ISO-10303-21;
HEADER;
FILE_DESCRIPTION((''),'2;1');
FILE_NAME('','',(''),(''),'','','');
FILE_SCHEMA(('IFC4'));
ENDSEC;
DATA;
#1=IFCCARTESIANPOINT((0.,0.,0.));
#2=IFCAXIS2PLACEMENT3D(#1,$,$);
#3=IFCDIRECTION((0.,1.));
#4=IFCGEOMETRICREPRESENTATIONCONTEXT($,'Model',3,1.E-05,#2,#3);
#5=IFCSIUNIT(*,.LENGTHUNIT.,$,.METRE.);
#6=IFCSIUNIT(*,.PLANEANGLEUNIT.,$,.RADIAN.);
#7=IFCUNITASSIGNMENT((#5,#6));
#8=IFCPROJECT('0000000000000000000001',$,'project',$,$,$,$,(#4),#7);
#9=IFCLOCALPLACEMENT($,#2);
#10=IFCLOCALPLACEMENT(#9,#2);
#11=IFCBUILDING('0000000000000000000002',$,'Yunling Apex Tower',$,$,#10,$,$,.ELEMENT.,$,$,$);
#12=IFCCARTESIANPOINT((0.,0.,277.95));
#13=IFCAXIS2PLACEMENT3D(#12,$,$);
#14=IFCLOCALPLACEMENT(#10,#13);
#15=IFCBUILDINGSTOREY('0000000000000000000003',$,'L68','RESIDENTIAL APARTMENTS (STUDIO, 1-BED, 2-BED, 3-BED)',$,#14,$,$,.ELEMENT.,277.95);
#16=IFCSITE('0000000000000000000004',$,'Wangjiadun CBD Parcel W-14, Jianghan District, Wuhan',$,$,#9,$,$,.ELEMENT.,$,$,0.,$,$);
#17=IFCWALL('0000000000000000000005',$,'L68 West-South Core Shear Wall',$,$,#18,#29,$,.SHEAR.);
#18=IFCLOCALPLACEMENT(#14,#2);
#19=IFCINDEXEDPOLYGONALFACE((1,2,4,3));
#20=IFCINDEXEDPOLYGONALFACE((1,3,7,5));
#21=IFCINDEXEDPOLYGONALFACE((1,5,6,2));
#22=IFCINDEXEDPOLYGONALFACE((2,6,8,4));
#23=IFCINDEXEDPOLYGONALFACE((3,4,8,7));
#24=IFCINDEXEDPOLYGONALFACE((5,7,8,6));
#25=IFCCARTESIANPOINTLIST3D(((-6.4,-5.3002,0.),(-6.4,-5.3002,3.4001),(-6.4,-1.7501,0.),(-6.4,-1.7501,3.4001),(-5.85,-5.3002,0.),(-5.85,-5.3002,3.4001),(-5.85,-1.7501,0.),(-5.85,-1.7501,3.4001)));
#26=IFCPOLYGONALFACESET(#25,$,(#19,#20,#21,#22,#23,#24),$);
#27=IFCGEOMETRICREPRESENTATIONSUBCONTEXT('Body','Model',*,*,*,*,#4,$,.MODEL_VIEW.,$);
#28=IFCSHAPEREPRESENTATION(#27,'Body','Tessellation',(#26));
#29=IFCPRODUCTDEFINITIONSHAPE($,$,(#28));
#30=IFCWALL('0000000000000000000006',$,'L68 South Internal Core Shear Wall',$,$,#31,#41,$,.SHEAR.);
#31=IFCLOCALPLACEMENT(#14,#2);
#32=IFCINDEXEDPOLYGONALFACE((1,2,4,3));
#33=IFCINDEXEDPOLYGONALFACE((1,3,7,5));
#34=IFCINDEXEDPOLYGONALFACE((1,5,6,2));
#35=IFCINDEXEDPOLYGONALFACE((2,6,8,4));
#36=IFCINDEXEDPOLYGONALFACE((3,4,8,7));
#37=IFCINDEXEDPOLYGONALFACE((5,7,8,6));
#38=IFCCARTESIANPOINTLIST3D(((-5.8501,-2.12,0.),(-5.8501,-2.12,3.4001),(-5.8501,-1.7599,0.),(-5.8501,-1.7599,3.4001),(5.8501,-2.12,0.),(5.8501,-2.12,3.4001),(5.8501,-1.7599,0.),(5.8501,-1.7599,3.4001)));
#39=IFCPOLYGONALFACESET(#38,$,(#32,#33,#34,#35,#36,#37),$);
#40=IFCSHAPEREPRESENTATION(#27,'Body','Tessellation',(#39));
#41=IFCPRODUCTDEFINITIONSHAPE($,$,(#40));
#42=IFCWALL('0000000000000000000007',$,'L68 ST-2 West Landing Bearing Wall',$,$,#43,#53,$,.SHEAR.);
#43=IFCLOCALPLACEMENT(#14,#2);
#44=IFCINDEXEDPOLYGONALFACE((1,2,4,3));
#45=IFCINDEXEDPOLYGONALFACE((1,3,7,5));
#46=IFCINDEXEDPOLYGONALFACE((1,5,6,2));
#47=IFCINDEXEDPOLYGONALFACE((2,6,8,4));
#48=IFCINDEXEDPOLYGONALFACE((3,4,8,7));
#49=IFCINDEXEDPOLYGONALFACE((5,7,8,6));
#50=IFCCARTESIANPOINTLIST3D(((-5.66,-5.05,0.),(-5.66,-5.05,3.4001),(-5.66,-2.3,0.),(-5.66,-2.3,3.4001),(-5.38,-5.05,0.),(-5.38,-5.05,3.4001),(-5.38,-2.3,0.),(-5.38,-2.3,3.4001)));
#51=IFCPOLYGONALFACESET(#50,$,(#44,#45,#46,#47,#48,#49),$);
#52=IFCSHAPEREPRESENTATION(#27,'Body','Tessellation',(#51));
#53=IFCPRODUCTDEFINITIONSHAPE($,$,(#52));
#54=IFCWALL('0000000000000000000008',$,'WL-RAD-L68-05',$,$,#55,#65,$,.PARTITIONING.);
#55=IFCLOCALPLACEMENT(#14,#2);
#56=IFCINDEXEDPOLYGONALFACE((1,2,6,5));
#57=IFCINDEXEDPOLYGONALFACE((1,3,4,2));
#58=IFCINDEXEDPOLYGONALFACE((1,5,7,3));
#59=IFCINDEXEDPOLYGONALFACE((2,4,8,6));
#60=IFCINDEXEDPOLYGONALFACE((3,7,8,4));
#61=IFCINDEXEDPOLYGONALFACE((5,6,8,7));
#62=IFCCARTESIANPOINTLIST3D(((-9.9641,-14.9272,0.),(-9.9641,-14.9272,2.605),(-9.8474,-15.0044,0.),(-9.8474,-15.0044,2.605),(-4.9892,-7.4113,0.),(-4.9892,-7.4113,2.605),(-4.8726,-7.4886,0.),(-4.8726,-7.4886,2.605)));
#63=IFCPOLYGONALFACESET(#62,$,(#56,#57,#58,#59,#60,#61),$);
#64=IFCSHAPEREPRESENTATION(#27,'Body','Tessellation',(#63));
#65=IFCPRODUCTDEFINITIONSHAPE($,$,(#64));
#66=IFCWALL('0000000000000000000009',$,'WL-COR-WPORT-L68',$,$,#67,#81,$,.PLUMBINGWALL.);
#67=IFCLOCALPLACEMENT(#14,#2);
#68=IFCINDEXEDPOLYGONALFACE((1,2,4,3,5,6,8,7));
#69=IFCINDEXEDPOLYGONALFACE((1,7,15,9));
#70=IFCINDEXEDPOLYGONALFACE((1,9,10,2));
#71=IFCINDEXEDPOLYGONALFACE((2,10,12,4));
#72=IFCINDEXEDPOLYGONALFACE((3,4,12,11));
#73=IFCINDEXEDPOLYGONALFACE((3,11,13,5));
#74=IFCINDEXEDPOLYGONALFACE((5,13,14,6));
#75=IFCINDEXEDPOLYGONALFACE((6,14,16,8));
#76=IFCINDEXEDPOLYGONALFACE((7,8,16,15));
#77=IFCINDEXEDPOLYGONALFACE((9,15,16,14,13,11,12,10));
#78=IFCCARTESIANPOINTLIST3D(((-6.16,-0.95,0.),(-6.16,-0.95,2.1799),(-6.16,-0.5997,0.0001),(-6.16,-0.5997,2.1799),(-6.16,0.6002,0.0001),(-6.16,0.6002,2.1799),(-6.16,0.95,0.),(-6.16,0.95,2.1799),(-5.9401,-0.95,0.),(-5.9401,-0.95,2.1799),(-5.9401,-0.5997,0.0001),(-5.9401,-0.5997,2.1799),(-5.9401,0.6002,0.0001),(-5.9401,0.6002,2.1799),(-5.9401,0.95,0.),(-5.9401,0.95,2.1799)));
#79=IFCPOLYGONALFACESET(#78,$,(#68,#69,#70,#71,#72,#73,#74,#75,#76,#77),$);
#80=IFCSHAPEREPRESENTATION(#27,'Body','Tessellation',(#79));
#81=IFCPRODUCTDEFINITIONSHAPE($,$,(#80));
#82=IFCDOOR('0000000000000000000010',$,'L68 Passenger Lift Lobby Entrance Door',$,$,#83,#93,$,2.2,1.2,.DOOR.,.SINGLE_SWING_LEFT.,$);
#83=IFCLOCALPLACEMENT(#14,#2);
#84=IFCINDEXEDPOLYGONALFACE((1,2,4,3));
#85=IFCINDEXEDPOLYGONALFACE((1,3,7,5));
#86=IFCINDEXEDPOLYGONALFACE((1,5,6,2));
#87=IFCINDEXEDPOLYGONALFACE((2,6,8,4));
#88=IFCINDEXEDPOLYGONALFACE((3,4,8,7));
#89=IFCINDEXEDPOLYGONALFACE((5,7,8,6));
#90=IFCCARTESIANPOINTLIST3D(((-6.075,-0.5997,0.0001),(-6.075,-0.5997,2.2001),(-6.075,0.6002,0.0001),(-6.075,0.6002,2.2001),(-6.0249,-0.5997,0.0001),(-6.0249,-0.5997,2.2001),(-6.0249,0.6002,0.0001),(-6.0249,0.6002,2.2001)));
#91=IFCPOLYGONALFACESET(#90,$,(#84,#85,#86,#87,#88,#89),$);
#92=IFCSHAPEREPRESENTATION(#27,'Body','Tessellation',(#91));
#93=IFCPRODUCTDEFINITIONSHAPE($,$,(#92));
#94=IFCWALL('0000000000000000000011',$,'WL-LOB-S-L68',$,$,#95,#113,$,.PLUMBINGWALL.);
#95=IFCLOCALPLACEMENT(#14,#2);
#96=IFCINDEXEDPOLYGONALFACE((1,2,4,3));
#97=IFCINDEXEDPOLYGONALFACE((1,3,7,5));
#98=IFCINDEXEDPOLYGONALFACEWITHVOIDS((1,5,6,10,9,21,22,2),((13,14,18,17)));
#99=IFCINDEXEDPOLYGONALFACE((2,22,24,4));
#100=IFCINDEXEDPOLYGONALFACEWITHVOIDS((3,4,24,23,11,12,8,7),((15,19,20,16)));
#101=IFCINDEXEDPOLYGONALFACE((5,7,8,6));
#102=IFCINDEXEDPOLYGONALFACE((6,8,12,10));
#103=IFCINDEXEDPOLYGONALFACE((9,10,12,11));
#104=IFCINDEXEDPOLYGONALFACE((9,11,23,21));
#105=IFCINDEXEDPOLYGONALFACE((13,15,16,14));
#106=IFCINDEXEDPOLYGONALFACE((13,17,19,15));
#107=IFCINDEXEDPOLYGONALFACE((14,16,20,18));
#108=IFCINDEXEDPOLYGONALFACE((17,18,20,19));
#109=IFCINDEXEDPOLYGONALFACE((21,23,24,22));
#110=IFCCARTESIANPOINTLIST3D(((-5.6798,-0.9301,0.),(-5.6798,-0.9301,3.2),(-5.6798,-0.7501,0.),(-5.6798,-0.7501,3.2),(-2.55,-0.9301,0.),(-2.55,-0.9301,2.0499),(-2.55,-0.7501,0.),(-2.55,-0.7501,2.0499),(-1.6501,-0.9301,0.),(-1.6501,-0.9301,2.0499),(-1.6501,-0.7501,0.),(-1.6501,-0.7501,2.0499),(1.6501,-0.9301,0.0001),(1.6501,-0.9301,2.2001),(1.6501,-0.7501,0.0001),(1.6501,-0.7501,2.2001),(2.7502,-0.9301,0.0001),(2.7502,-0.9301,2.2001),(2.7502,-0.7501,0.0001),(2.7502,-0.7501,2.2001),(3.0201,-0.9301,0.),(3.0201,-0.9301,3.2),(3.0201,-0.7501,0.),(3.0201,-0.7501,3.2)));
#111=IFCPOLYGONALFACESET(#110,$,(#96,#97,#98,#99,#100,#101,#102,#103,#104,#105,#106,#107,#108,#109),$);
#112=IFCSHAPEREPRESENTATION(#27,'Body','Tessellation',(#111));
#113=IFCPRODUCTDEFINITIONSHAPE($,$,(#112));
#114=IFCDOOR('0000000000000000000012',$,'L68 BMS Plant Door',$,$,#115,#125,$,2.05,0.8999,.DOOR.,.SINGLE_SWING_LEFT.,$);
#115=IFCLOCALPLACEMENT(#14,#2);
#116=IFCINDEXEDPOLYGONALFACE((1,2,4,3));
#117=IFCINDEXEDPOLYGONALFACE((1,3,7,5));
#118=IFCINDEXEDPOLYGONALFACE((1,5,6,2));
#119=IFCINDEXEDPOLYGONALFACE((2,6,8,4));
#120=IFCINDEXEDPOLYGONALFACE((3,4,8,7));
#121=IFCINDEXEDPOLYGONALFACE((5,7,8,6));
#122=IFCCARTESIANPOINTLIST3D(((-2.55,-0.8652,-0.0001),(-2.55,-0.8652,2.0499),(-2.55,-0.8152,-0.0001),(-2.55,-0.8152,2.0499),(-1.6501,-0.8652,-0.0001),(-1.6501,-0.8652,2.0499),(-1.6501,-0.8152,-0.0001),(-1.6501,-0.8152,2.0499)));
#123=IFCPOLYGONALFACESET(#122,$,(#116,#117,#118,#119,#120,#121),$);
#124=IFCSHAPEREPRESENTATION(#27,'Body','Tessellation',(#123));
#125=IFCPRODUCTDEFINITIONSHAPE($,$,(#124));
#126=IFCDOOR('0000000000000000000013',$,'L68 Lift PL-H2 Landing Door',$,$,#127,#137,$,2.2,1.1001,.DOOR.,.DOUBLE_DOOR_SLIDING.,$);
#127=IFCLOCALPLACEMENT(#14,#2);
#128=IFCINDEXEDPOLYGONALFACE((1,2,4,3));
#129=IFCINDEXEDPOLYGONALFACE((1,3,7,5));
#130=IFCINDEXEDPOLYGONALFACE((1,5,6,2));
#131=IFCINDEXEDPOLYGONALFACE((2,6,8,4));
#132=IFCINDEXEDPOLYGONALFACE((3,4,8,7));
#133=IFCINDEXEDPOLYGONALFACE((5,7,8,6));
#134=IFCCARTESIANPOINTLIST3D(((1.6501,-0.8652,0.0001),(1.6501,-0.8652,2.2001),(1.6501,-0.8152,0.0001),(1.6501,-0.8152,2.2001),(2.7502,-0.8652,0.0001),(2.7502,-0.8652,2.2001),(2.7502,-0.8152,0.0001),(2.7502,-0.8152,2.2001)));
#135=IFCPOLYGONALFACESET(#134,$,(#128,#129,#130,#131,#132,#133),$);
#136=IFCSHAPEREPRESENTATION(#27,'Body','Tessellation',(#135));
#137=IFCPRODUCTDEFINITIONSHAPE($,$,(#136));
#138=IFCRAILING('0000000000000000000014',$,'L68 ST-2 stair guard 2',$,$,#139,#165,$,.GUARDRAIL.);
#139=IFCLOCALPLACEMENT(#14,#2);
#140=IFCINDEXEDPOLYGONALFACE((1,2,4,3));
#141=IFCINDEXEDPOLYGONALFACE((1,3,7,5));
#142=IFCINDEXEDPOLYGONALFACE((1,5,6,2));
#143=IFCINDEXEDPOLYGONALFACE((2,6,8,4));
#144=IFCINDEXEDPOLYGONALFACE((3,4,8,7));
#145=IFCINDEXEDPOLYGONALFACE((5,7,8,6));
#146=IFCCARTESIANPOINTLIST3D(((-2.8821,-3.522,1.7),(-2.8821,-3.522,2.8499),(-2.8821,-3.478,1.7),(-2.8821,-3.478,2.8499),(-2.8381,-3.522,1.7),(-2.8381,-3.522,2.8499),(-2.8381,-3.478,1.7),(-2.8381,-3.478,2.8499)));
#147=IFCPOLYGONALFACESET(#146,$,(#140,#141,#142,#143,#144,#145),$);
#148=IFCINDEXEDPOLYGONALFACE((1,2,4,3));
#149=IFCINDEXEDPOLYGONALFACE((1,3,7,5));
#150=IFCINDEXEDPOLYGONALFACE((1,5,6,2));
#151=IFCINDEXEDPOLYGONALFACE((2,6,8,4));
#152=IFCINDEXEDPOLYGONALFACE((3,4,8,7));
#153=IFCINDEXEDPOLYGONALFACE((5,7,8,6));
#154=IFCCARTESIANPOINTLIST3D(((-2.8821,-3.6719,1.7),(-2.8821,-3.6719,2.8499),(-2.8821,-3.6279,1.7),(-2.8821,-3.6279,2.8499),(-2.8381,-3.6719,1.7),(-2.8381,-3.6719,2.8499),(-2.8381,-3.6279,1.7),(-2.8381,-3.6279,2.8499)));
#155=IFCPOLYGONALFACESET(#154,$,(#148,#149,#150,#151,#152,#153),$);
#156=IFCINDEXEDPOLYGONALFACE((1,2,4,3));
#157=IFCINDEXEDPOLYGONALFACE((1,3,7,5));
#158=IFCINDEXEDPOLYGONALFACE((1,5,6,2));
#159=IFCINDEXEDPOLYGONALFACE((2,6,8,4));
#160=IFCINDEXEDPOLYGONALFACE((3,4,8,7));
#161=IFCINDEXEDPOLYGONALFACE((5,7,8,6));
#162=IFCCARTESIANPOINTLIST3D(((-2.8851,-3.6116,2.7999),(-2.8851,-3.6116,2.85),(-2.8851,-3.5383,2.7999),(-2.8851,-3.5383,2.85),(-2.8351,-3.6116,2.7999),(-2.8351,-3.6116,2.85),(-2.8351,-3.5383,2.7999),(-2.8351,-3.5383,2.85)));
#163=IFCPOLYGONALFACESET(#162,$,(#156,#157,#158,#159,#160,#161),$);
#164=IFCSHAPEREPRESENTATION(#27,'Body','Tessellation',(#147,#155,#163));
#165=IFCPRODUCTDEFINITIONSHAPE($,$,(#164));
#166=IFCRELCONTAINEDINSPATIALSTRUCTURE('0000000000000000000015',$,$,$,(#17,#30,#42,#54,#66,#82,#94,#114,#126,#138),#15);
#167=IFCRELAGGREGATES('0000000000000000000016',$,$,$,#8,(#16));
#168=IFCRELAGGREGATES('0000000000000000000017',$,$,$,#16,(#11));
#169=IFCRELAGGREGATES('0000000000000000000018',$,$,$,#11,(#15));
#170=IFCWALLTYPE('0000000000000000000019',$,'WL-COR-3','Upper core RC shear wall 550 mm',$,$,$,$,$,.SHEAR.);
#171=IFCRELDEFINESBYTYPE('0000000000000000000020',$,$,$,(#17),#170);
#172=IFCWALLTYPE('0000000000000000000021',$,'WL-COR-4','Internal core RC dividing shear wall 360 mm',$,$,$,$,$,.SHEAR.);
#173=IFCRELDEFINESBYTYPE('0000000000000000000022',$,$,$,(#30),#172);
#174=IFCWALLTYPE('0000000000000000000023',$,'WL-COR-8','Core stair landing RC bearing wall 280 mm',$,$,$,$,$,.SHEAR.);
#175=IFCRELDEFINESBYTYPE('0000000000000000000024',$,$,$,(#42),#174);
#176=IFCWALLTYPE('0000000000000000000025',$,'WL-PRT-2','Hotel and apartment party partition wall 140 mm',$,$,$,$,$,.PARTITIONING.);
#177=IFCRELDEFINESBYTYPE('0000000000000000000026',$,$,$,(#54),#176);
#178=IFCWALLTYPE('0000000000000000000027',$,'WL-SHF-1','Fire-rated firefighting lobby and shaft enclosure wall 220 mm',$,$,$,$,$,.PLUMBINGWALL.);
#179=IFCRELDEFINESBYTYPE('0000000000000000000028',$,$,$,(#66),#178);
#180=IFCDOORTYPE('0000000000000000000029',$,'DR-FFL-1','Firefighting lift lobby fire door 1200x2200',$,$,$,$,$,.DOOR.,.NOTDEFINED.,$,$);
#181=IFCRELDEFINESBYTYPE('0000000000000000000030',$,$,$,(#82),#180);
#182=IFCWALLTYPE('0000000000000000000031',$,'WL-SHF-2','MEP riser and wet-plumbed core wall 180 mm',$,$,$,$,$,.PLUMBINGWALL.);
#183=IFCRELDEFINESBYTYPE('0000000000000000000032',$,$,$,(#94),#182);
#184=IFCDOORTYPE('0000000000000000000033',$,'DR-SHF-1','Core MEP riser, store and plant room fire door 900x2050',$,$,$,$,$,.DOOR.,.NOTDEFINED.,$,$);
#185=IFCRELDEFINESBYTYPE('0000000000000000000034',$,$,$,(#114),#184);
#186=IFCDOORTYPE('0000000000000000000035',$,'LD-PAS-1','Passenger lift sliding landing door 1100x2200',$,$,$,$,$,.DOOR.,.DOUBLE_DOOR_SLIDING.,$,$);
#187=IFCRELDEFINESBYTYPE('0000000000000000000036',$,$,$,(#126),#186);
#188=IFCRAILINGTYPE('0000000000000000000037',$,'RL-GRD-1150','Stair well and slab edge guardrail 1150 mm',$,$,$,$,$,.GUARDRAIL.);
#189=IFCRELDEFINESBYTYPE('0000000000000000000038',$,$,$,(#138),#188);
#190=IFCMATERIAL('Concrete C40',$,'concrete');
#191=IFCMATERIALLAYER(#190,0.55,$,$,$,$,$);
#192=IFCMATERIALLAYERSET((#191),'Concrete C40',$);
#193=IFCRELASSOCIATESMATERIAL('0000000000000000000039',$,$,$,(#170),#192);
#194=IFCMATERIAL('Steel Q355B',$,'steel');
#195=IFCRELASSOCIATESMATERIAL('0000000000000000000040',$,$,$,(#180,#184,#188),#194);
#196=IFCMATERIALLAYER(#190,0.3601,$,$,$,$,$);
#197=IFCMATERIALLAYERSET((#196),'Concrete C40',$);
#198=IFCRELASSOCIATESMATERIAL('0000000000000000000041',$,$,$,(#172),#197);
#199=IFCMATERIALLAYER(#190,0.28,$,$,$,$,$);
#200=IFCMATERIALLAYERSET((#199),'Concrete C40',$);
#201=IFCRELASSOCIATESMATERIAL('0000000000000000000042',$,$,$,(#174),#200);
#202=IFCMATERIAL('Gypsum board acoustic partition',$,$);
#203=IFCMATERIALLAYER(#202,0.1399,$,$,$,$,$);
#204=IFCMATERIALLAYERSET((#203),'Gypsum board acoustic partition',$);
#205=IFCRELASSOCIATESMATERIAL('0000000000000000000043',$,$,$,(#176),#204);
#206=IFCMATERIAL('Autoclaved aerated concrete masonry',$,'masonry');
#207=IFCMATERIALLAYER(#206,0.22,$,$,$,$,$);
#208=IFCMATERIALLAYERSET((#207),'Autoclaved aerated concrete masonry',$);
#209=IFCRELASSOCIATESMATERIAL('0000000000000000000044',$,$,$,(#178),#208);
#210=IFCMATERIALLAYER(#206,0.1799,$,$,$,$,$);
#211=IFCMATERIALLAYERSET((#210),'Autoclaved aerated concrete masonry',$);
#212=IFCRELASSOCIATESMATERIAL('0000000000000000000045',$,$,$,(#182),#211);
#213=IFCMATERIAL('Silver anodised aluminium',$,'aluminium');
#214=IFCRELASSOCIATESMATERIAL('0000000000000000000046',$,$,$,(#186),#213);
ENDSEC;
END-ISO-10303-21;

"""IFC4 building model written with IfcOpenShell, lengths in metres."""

from ifc_helpers import new_model, si_unit, direction, frame, frame_2d, origin, origin_2d, place, context, subcontext, project, spatial, rectangle, extrude, material, layer, layer_set, type_object, element, fill, save


model = new_model("IFC4")

# Units and contexts
model_context = context("Model", 3, precision=1e-05, world=origin(), true_north=direction((0.0, 1.0)))
body_context = subcontext(model_context, "Body", "Model", "MODEL_VIEW")
ifc_project = project(units=[si_unit("LENGTHUNIT", "METRE"), si_unit("PLANEANGLEUNIT", "RADIAN")], contexts=[model_context])

# Site, building, storey
site_placement = place(None, origin())
site = spatial("IfcSite", under=ifc_project, at=site_placement, Name="Wangjiadun CBD Parcel W-14, Jianghan District, Wuhan", CompositionType="ELEMENT", RefElevation=0.0)
building_placement = place(site_placement, origin())
building = spatial("IfcBuilding", under=site, at=building_placement, Name="Yunling Apex Tower", CompositionType="ELEMENT")
storey_placement = place(building_placement, frame((0.0, 0.0, 277.95)))
storey = spatial("IfcBuildingStorey", under=building, at=storey_placement, Name="L68", Description="RESIDENTIAL APARTMENTS (STUDIO, 1-BED, 2-BED, 3-BED)", CompositionType="ELEMENT", Elevation=277.95)

# Shared definitions
ifc_material_1 = material(Name="Steel Q355B", Category="steel")
ifc_material_2 = material(Name="Concrete C40", Category="concrete")

# Shared definitions
ifc_layer_1 = layer(ifc_material_2, 0.55)
ifc_layer_set_1 = layer_set([ifc_layer_1], Name="Concrete C40")
wall_type_1 = type_object("IfcWallType", Name="WL-COR-3", Description="Upper core RC shear wall 550 mm", PredefinedType="SHEAR", material=ifc_layer_set_1)
door_type_1 = type_object("IfcDoorType", Name="DR-FFL-1", Description="Firefighting lift lobby fire door 1200x2200", OperationType="NOTDEFINED", PredefinedType="DOOR", material=ifc_material_1)

# Walls
wall_1_placement = place(storey_placement, frame((-6.125, -5.3, 0.0), z_axis=(0.0, 0.0, 1.0), x_axis=(0.0, 1.0, 0.0)))
element("IfcWall", 1, at=wall_1_placement, inside=storey, type_object=wall_type_1, Name="L68 West-South Core Shear Wall", PredefinedType="SHEAR", context=body_context, shape_type="SweptSolid", body=[
    extrude(rectangle(XDim=3.55, YDim=0.55, at=frame_2d((1.7749, 0.0))), origin(), (0.0, 0.0, 1.0), 3.4001),
])
ifc_layer_2 = layer(ifc_material_2, 0.3601)
ifc_layer_set_2 = layer_set([ifc_layer_2], Name="Concrete C40")
wall_type_2 = type_object("IfcWallType", Name="WL-COR-4", Description="Internal core RC dividing shear wall 360 mm", PredefinedType="SHEAR", material=ifc_layer_set_2)
wall_2_placement = place(storey_placement, frame((-5.8501, -1.9399, 0.0), z_axis=(0.0, 0.0, 1.0), x_axis=(1.0, 0.0, 0.0)))
element("IfcWall", 2, at=wall_2_placement, inside=storey, type_object=wall_type_2, Name="L68 South Internal Core Shear Wall", PredefinedType="SHEAR", context=body_context, shape_type="SweptSolid", body=[
    extrude(rectangle(XDim=11.7002, YDim=0.3601, at=frame_2d((5.8501, 0.0))), origin(), (0.0, 0.0, 1.0), 3.4001),
])
ifc_layer_3 = layer(ifc_material_2, 0.28)
ifc_layer_set_3 = layer_set([ifc_layer_3], Name="Concrete C40")
wall_type_3 = type_object("IfcWallType", Name="WL-COR-8", Description="Core stair landing RC bearing wall 280 mm", PredefinedType="SHEAR", material=ifc_layer_set_3)
wall_3_placement = place(storey_placement, frame((-5.52, -5.05, 0.0), z_axis=(0.0, 0.0, 1.0), x_axis=(0.0, 1.0, 0.0)))
element("IfcWall", 3, at=wall_3_placement, inside=storey, type_object=wall_type_3, Name="L68 ST-2 West Landing Bearing Wall", PredefinedType="SHEAR", context=body_context, shape_type="SweptSolid", body=[
    extrude(rectangle(XDim=2.75, YDim=0.28, at=frame_2d((1.375, 0.0))), origin(), (0.0, 0.0, 1.0), 3.4001),
])
ifc_material_3 = material(Name="Gypsum board acoustic partition")
ifc_layer_4 = layer(ifc_material_3, 0.1399)
ifc_layer_set_4 = layer_set([ifc_layer_4], Name="Gypsum board acoustic partition")
wall_type_4 = type_object("IfcWallType", Name="WL-PRT-2", Description="Hotel and apartment party partition wall 140 mm", PredefinedType="PARTITIONING", material=ifc_layer_set_4)
wall_4_placement = place(storey_placement, frame((-4.9309, -7.45, 0.0), z_axis=(0.0, 0.0, 1.0), x_axis=(-0.551953, -0.833875, 0.0)))
element("IfcWall", 4, at=wall_4_placement, inside=storey, type_object=wall_type_4, Name="WL-RAD-L68-05", PredefinedType="PARTITIONING", context=body_context, shape_type="SweptSolid", body=[
    extrude(rectangle(XDim=9.0132, YDim=0.1399, at=frame_2d((4.5066, 0.0))), origin(), (0.0, 0.0, 1.0), 2.605),
])

# Wall, opening, door
ifc_material_4 = material(Name="Autoclaved aerated concrete masonry", Category="masonry")
ifc_layer_5 = layer(ifc_material_4, 0.22)
ifc_layer_set_5 = layer_set([ifc_layer_5], Name="Autoclaved aerated concrete masonry")
wall_type_5 = type_object("IfcWallType", Name="WL-SHF-1", Description="Fire-rated firefighting lobby and shaft enclosure wall 220 mm", PredefinedType="PLUMBINGWALL", material=ifc_layer_set_5)
wall_5_placement = place(storey_placement, frame((-6.05, -0.95, 0.0), z_axis=(0.0, 0.0, 1.0), x_axis=(0.0, 1.0, 0.0)))
wall_5 = element("IfcWall", 5, at=wall_5_placement, inside=storey, type_object=wall_type_5, Name="WL-COR-WPORT-L68", PredefinedType="PLUMBINGWALL", context=body_context, shape_type="SweptSolid", body=[
    extrude(rectangle(XDim=1.8999, YDim=0.22, at=frame_2d((0.95, 0.0))), origin(), (0.0, 0.0, 1.0), 2.1799),
])
opening_1_placement = place(wall_5_placement, frame((0.3501, 0.0, 0.0)))
opening_1 = element("IfcOpeningElement", 6, at=opening_1_placement, cuts=wall_5, PredefinedType="OPENING", context=body_context, shape_type="SweptSolid", body=[
    extrude(rectangle(XDim=1.2, YDim=2.2, at=frame_2d((0.6001, 1.1001))), frame((0.0, 0.1201, 0.0), z_axis=(0.0, -1.0, 0.0), x_axis=(1.0, 0.0, 0.0)), (0.0, 0.0, 1.0), 0.24),
])
door_1_placement = place(opening_1_placement, origin())
door_1 = element("IfcDoor", 7, at=door_1_placement, inside=storey, type_object=door_type_1, Name="L68 Passenger Lift Lobby Entrance Door", OperationType="SINGLE_SWING_LEFT", OverallHeight=2.2, OverallWidth=1.2, PredefinedType="DOOR", context=body_context, shape_type="SweptSolid", body=[
    extrude(rectangle(XDim=1.2, YDim=2.2, at=frame_2d((0.6001, 1.1001))), frame((0.0, 0.0249, 0.0), z_axis=(0.0, -1.0, 0.0), x_axis=(1.0, 0.0, 0.0)), (0.0, 0.0, 1.0), 0.05),
])
fill(opening_1, door_1)

# Wall, openings, doors
ifc_layer_6 = layer(ifc_material_4, 0.1799)
ifc_layer_set_6 = layer_set([ifc_layer_6], Name="Autoclaved aerated concrete masonry")
wall_type_6 = type_object("IfcWallType", Name="WL-SHF-2", Description="MEP riser and wet-plumbed core wall 180 mm", PredefinedType="PLUMBINGWALL", material=ifc_layer_set_6)
wall_6_placement = place(storey_placement, frame((-5.6799, -0.8401, 0.0), z_axis=(0.0, 0.0, 1.0), x_axis=(1.0, 0.0, 0.0)))
wall_6 = element("IfcWall", 8, at=wall_6_placement, inside=storey, type_object=wall_type_6, Name="WL-LOB-S-L68", PredefinedType="PLUMBINGWALL", context=body_context, shape_type="SweptSolid", body=[
    extrude(rectangle(XDim=8.7, YDim=0.1799, at=frame_2d((4.3501, 0.0))), origin(), (0.0, 0.0, 1.0), 3.2),
])
opening_2_placement = place(wall_6_placement, frame((3.1299, 0.0, 0.0)))
opening_2 = element("IfcOpeningElement", 9, at=opening_2_placement, cuts=wall_6, PredefinedType="OPENING", context=body_context, shape_type="SweptSolid", body=[
    extrude(rectangle(XDim=0.8999, YDim=2.05, at=frame_2d((0.45, 1.0249))), frame((0.0, 0.1001, 0.0), z_axis=(0.0, -1.0, 0.0), x_axis=(1.0, 0.0, 0.0)), (0.0, 0.0, 1.0), 0.2),
])
opening_3_placement = place(wall_6_placement, frame((7.3301, 0.0, 0.0)))
opening_3 = element("IfcOpeningElement", 10, at=opening_3_placement, cuts=wall_6, PredefinedType="OPENING", context=body_context, shape_type="SweptSolid", body=[
    extrude(rectangle(XDim=1.1001, YDim=2.2, at=frame_2d((0.55, 1.1001))), frame((0.0, 0.1001, 0.0), z_axis=(0.0, -1.0, 0.0), x_axis=(1.0, 0.0, 0.0)), (0.0, 0.0, 1.0), 0.2),
])
door_type_2 = type_object("IfcDoorType", Name="DR-SHF-1", Description="Core MEP riser, store and plant room fire door 900x2050", OperationType="NOTDEFINED", PredefinedType="DOOR", material=ifc_material_1)
door_2_placement = place(opening_2_placement, origin())
door_2 = element("IfcDoor", 11, at=door_2_placement, inside=storey, type_object=door_type_2, Name="L68 BMS Plant Door", OperationType="SINGLE_SWING_LEFT", OverallHeight=2.05, OverallWidth=0.8999, PredefinedType="DOOR", context=body_context, shape_type="SweptSolid", body=[
    extrude(rectangle(XDim=0.8999, YDim=2.05, at=frame_2d((0.45, 1.0249))), frame((0.0, 0.0249, 0.0), z_axis=(0.0, -1.0, 0.0), x_axis=(1.0, 0.0, 0.0)), (0.0, 0.0, 1.0), 0.05),
])
fill(opening_2, door_2)
ifc_material_5 = material(Name="Silver anodised aluminium", Category="aluminium")
door_type_3 = type_object("IfcDoorType", Name="LD-PAS-1", Description="Passenger lift sliding landing door 1100x2200", OperationType="DOUBLE_DOOR_SLIDING", PredefinedType="DOOR", material=ifc_material_5)
door_3_placement = place(opening_3_placement, origin())
door_3 = element("IfcDoor", 12, at=door_3_placement, inside=storey, type_object=door_type_3, Name="L68 Lift PL-H2 Landing Door", OperationType="DOUBLE_DOOR_SLIDING", OverallHeight=2.2, OverallWidth=1.1001, PredefinedType="DOOR", context=body_context, shape_type="SweptSolid", body=[
    extrude(rectangle(XDim=1.1001, YDim=2.2, at=frame_2d((0.55, 1.1001))), frame((0.0, 0.0249, 0.0), z_axis=(0.0, -1.0, 0.0), x_axis=(1.0, 0.0, 0.0)), (0.0, 0.0, 1.0), 0.05),
])
fill(opening_3, door_3)

# Railing
railing_type = type_object("IfcRailingType", Name="RL-GRD-1150", Description="Stair well and slab edge guardrail 1150 mm", PredefinedType="GUARDRAIL", material=ifc_material_1)
railing_placement = place(storey_placement, frame((-2.8601, -3.5, 1.7)))
element("IfcRailing", 13, at=railing_placement, inside=storey, type_object=railing_type, Name="L68 ST-2 stair guard 2", PredefinedType="GUARDRAIL", context=body_context, shape_type="SweptSolid", body=[
    extrude(rectangle(XDim=0.0439, YDim=0.0439, at=origin_2d()), origin(), (0.0, 0.0, 1.0), 1.1499),
    extrude(rectangle(XDim=0.0439, YDim=0.0439, at=origin_2d()), frame((0.0, -0.1499, 0.0)), (0.0, 0.0, 1.0), 1.1499),
    extrude(rectangle(XDim=0.05, YDim=0.05, at=origin_2d()), frame((0.0, -0.0383, 1.125), z_axis=(0.0, -1.0, 0.0), x_axis=(1.0, 0.0, 0.0)), (0.0, 0.0, 1.0), 0.0732),
])

save(model, "model.ifc")
